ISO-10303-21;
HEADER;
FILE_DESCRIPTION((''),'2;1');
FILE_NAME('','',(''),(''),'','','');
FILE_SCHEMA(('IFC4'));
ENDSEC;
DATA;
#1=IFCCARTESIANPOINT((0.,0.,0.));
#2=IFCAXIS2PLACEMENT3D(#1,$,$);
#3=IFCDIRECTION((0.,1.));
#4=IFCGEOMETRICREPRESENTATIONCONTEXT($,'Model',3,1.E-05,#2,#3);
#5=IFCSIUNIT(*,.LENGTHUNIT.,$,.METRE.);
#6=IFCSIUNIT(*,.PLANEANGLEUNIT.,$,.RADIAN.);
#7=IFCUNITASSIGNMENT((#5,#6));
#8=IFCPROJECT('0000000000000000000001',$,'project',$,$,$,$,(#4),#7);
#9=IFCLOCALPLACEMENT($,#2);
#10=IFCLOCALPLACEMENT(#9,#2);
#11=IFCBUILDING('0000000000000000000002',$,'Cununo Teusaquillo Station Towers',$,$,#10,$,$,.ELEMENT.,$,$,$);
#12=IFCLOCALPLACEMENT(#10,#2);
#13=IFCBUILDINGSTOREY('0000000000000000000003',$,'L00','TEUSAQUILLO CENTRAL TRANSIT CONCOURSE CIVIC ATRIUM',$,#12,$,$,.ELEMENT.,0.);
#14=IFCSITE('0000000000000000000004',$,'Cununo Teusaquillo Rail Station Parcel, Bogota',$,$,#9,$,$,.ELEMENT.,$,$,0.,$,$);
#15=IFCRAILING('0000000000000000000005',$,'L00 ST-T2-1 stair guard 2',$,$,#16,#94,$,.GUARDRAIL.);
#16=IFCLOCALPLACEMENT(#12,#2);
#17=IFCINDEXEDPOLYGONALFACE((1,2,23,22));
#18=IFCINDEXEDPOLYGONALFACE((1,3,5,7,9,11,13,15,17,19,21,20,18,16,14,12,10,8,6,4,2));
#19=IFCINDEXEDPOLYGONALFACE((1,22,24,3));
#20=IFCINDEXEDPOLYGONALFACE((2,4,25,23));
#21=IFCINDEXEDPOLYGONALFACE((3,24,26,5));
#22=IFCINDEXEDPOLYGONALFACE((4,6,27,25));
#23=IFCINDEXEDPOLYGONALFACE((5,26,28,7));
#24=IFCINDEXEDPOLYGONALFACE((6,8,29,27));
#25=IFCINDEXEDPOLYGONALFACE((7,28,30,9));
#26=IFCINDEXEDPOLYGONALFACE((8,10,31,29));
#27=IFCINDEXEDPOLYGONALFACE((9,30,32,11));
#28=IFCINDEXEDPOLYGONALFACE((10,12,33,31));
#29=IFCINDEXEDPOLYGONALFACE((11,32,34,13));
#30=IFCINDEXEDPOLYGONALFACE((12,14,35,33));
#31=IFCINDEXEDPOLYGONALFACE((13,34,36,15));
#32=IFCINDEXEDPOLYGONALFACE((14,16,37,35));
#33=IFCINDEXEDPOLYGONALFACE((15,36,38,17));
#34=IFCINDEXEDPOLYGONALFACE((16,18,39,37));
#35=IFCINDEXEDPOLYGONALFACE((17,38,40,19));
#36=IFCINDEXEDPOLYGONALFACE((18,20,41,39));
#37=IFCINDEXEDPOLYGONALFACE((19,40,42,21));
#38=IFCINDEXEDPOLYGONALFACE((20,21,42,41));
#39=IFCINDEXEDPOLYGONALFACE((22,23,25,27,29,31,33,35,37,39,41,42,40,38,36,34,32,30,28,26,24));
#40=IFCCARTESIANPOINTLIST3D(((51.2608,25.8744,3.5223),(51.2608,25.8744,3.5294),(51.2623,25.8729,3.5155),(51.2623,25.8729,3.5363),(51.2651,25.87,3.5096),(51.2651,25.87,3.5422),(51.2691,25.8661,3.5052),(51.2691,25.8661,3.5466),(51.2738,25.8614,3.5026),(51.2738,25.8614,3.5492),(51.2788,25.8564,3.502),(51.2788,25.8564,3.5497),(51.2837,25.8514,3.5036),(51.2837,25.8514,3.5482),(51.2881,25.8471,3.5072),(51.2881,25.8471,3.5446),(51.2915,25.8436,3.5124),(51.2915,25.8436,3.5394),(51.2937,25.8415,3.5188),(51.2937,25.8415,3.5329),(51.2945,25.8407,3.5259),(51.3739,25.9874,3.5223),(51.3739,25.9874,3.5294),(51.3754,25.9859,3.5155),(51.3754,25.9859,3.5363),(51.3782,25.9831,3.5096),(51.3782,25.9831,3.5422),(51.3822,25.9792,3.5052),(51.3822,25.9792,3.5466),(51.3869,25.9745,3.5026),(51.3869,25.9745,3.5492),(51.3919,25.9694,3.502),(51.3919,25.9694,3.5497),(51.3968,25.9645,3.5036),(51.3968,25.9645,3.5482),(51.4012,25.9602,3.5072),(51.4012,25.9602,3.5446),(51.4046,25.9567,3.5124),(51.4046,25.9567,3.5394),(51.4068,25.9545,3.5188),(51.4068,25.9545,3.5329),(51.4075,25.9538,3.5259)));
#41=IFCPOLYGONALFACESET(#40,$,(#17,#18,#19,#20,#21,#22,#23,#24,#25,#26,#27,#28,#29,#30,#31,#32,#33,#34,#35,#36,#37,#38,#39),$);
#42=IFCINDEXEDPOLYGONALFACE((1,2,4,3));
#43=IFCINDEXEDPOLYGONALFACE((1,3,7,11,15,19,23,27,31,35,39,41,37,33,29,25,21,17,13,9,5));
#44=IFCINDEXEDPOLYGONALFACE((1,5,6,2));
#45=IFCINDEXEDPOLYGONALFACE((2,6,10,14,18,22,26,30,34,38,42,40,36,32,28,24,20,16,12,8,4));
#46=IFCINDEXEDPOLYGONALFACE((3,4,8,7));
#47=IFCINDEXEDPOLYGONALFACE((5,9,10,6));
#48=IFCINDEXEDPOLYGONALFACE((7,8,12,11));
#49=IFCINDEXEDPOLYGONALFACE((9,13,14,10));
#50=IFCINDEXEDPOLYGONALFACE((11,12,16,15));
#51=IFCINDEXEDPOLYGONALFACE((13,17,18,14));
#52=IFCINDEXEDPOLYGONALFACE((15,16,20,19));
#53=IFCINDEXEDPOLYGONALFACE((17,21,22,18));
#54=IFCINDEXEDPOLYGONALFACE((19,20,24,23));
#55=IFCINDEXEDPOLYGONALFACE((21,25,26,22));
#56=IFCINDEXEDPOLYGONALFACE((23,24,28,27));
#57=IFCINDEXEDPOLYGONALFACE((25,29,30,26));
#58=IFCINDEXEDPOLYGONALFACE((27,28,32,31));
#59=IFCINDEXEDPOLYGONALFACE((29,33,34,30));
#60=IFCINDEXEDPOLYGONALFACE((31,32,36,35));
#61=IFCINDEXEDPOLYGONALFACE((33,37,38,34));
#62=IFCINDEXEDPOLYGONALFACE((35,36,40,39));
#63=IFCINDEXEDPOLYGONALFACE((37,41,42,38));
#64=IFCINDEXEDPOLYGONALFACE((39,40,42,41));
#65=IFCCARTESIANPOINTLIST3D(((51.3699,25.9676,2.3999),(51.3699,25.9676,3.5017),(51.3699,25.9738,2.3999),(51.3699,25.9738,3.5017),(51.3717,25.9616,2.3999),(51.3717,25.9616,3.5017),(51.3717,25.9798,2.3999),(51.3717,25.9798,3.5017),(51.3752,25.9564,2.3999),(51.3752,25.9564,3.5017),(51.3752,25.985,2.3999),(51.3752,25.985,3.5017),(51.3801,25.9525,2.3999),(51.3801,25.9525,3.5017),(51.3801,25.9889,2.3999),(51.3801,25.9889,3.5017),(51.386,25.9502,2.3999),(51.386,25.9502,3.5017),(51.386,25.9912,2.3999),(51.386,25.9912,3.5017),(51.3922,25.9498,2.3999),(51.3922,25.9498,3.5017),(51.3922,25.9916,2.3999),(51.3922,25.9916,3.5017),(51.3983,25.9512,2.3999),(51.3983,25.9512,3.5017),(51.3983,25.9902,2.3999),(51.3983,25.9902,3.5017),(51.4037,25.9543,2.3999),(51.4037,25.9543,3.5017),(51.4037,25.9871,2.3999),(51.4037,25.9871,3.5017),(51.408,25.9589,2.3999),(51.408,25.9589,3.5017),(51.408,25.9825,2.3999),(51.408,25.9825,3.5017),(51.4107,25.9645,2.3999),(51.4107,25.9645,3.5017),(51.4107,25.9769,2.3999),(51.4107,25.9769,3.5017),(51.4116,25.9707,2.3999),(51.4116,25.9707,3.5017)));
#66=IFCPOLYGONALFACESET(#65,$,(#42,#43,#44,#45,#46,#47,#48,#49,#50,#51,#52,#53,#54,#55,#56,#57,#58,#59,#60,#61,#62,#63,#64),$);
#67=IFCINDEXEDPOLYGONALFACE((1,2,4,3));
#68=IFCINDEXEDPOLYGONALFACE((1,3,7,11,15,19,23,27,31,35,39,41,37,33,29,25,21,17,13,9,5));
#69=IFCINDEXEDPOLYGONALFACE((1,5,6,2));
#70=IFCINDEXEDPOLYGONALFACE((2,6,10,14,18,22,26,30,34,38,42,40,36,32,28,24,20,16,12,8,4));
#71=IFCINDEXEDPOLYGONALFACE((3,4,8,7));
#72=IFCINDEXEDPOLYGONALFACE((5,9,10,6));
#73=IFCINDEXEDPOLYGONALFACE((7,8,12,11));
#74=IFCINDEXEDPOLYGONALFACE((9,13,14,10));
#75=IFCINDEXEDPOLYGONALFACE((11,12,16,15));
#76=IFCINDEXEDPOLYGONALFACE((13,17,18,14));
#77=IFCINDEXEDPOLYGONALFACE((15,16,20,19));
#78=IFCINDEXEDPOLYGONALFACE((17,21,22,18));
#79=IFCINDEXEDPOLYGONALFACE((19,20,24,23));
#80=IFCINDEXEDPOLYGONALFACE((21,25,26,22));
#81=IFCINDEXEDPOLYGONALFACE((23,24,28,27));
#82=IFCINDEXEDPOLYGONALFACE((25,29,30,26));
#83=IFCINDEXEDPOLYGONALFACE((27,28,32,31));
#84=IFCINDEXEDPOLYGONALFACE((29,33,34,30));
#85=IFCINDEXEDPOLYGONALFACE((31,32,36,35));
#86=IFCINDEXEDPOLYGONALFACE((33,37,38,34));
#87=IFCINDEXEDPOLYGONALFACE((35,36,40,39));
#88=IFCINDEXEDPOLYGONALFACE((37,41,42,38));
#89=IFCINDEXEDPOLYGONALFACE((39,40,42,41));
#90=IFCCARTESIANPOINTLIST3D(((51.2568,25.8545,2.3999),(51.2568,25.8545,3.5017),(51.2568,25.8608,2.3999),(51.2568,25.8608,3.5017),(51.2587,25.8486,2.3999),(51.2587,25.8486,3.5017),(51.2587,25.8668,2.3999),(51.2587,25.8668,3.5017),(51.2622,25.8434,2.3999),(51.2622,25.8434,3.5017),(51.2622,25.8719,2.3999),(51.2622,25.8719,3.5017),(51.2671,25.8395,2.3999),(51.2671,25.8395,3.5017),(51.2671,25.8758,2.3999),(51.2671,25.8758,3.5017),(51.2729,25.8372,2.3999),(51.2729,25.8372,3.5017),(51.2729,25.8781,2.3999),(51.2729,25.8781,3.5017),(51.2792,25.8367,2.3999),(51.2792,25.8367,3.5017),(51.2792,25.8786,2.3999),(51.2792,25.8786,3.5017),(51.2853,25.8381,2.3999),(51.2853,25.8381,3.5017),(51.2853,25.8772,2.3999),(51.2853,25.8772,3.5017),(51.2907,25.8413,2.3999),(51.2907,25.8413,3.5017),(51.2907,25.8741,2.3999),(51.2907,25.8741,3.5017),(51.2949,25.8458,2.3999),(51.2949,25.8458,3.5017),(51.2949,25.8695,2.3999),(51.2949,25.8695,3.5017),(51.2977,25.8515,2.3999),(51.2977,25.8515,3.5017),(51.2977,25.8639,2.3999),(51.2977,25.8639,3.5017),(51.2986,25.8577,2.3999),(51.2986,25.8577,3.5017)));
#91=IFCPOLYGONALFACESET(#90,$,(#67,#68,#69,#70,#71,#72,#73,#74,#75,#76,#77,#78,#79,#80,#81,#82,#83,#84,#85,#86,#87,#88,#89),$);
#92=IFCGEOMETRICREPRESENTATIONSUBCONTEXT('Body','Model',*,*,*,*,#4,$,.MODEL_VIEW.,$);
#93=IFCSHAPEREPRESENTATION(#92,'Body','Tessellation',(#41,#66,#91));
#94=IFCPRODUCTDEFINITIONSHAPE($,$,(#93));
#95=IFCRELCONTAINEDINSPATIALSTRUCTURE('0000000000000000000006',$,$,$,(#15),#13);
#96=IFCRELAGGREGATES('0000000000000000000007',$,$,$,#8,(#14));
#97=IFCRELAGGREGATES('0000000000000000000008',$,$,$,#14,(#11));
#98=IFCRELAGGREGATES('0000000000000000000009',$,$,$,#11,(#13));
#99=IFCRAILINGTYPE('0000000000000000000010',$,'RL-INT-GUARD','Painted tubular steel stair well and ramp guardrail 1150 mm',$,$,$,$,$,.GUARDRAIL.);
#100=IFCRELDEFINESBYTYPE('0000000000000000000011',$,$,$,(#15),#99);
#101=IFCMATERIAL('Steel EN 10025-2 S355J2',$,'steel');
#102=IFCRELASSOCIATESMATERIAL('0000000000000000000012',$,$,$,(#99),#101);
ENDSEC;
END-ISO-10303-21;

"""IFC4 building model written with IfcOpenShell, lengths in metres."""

from ifc_helpers import new_model, si_unit, direction, frame, origin, origin_2d, place, context, subcontext, project, spatial, circle, extrude, material, type_object, element, save


model = new_model("IFC4")

# Units and contexts
model_context = context("Model", 3, precision=1e-05, world=origin(), true_north=direction((0.0, 1.0)))
body_context = subcontext(model_context, "Body", "Model", "MODEL_VIEW")
ifc_project = project(units=[si_unit("LENGTHUNIT", "METRE"), si_unit("PLANEANGLEUNIT", "RADIAN")], contexts=[model_context])

# Site, building, storey
site_placement = place(None, origin())
site = spatial("IfcSite", under=ifc_project, at=site_placement, Name="Cununo Teusaquillo Rail Station Parcel, Bogota", CompositionType="ELEMENT", RefElevation=0.0)
building_placement = place(site_placement, origin())
building = spatial("IfcBuilding", under=site, at=building_placement, Name="Cununo Teusaquillo Station Towers", CompositionType="ELEMENT")
storey_placement = place(building_placement, origin())
storey = spatial("IfcBuildingStorey", under=building, at=storey_placement, Name="L00", Description="TEUSAQUILLO CENTRAL TRANSIT CONCOURSE CIVIC ATRIUM", CompositionType="ELEMENT", Elevation=0.0)

# Railing
ifc_material_1 = material(Name="Steel EN 10025-2 S355J2", Category="steel")
railing_type_1 = type_object("IfcRailingType", Name="RL-INT-GUARD", Description="Painted tubular steel stair well and ramp guardrail 1150 mm", PredefinedType="GUARDRAIL", material=ifc_material_1)
railing_1_placement = place(storey_placement, frame((51.3906, 25.9707, 2.3999)))
element("IfcRailing", 1, at=railing_1_placement, inside=storey, type_object=railing_type_1, Name="L00 ST-T2-1 stair guard 2", PredefinedType="GUARDRAIL", context=body_context, shape_type="SweptSolid", body=[
    extrude(circle(Radius=0.0239, at=origin_2d()), frame((0.0, 0.0, 1.126), z_axis=(-0.707107, -0.707107, 0.0), x_axis=(0.707107, -0.707107, 0.0)), (0.0, 0.0, 1.0), 0.1599),
    extrude(circle(Radius=0.021, at=origin_2d()), origin(), (0.0, 0.0, 1.0), 1.1018),
    extrude(circle(Radius=0.021, at=origin_2d()), frame((-0.113, -0.113, 0.0)), (0.0, 0.0, 1.0), 1.1018),
])

save(model, "model.ifc")
